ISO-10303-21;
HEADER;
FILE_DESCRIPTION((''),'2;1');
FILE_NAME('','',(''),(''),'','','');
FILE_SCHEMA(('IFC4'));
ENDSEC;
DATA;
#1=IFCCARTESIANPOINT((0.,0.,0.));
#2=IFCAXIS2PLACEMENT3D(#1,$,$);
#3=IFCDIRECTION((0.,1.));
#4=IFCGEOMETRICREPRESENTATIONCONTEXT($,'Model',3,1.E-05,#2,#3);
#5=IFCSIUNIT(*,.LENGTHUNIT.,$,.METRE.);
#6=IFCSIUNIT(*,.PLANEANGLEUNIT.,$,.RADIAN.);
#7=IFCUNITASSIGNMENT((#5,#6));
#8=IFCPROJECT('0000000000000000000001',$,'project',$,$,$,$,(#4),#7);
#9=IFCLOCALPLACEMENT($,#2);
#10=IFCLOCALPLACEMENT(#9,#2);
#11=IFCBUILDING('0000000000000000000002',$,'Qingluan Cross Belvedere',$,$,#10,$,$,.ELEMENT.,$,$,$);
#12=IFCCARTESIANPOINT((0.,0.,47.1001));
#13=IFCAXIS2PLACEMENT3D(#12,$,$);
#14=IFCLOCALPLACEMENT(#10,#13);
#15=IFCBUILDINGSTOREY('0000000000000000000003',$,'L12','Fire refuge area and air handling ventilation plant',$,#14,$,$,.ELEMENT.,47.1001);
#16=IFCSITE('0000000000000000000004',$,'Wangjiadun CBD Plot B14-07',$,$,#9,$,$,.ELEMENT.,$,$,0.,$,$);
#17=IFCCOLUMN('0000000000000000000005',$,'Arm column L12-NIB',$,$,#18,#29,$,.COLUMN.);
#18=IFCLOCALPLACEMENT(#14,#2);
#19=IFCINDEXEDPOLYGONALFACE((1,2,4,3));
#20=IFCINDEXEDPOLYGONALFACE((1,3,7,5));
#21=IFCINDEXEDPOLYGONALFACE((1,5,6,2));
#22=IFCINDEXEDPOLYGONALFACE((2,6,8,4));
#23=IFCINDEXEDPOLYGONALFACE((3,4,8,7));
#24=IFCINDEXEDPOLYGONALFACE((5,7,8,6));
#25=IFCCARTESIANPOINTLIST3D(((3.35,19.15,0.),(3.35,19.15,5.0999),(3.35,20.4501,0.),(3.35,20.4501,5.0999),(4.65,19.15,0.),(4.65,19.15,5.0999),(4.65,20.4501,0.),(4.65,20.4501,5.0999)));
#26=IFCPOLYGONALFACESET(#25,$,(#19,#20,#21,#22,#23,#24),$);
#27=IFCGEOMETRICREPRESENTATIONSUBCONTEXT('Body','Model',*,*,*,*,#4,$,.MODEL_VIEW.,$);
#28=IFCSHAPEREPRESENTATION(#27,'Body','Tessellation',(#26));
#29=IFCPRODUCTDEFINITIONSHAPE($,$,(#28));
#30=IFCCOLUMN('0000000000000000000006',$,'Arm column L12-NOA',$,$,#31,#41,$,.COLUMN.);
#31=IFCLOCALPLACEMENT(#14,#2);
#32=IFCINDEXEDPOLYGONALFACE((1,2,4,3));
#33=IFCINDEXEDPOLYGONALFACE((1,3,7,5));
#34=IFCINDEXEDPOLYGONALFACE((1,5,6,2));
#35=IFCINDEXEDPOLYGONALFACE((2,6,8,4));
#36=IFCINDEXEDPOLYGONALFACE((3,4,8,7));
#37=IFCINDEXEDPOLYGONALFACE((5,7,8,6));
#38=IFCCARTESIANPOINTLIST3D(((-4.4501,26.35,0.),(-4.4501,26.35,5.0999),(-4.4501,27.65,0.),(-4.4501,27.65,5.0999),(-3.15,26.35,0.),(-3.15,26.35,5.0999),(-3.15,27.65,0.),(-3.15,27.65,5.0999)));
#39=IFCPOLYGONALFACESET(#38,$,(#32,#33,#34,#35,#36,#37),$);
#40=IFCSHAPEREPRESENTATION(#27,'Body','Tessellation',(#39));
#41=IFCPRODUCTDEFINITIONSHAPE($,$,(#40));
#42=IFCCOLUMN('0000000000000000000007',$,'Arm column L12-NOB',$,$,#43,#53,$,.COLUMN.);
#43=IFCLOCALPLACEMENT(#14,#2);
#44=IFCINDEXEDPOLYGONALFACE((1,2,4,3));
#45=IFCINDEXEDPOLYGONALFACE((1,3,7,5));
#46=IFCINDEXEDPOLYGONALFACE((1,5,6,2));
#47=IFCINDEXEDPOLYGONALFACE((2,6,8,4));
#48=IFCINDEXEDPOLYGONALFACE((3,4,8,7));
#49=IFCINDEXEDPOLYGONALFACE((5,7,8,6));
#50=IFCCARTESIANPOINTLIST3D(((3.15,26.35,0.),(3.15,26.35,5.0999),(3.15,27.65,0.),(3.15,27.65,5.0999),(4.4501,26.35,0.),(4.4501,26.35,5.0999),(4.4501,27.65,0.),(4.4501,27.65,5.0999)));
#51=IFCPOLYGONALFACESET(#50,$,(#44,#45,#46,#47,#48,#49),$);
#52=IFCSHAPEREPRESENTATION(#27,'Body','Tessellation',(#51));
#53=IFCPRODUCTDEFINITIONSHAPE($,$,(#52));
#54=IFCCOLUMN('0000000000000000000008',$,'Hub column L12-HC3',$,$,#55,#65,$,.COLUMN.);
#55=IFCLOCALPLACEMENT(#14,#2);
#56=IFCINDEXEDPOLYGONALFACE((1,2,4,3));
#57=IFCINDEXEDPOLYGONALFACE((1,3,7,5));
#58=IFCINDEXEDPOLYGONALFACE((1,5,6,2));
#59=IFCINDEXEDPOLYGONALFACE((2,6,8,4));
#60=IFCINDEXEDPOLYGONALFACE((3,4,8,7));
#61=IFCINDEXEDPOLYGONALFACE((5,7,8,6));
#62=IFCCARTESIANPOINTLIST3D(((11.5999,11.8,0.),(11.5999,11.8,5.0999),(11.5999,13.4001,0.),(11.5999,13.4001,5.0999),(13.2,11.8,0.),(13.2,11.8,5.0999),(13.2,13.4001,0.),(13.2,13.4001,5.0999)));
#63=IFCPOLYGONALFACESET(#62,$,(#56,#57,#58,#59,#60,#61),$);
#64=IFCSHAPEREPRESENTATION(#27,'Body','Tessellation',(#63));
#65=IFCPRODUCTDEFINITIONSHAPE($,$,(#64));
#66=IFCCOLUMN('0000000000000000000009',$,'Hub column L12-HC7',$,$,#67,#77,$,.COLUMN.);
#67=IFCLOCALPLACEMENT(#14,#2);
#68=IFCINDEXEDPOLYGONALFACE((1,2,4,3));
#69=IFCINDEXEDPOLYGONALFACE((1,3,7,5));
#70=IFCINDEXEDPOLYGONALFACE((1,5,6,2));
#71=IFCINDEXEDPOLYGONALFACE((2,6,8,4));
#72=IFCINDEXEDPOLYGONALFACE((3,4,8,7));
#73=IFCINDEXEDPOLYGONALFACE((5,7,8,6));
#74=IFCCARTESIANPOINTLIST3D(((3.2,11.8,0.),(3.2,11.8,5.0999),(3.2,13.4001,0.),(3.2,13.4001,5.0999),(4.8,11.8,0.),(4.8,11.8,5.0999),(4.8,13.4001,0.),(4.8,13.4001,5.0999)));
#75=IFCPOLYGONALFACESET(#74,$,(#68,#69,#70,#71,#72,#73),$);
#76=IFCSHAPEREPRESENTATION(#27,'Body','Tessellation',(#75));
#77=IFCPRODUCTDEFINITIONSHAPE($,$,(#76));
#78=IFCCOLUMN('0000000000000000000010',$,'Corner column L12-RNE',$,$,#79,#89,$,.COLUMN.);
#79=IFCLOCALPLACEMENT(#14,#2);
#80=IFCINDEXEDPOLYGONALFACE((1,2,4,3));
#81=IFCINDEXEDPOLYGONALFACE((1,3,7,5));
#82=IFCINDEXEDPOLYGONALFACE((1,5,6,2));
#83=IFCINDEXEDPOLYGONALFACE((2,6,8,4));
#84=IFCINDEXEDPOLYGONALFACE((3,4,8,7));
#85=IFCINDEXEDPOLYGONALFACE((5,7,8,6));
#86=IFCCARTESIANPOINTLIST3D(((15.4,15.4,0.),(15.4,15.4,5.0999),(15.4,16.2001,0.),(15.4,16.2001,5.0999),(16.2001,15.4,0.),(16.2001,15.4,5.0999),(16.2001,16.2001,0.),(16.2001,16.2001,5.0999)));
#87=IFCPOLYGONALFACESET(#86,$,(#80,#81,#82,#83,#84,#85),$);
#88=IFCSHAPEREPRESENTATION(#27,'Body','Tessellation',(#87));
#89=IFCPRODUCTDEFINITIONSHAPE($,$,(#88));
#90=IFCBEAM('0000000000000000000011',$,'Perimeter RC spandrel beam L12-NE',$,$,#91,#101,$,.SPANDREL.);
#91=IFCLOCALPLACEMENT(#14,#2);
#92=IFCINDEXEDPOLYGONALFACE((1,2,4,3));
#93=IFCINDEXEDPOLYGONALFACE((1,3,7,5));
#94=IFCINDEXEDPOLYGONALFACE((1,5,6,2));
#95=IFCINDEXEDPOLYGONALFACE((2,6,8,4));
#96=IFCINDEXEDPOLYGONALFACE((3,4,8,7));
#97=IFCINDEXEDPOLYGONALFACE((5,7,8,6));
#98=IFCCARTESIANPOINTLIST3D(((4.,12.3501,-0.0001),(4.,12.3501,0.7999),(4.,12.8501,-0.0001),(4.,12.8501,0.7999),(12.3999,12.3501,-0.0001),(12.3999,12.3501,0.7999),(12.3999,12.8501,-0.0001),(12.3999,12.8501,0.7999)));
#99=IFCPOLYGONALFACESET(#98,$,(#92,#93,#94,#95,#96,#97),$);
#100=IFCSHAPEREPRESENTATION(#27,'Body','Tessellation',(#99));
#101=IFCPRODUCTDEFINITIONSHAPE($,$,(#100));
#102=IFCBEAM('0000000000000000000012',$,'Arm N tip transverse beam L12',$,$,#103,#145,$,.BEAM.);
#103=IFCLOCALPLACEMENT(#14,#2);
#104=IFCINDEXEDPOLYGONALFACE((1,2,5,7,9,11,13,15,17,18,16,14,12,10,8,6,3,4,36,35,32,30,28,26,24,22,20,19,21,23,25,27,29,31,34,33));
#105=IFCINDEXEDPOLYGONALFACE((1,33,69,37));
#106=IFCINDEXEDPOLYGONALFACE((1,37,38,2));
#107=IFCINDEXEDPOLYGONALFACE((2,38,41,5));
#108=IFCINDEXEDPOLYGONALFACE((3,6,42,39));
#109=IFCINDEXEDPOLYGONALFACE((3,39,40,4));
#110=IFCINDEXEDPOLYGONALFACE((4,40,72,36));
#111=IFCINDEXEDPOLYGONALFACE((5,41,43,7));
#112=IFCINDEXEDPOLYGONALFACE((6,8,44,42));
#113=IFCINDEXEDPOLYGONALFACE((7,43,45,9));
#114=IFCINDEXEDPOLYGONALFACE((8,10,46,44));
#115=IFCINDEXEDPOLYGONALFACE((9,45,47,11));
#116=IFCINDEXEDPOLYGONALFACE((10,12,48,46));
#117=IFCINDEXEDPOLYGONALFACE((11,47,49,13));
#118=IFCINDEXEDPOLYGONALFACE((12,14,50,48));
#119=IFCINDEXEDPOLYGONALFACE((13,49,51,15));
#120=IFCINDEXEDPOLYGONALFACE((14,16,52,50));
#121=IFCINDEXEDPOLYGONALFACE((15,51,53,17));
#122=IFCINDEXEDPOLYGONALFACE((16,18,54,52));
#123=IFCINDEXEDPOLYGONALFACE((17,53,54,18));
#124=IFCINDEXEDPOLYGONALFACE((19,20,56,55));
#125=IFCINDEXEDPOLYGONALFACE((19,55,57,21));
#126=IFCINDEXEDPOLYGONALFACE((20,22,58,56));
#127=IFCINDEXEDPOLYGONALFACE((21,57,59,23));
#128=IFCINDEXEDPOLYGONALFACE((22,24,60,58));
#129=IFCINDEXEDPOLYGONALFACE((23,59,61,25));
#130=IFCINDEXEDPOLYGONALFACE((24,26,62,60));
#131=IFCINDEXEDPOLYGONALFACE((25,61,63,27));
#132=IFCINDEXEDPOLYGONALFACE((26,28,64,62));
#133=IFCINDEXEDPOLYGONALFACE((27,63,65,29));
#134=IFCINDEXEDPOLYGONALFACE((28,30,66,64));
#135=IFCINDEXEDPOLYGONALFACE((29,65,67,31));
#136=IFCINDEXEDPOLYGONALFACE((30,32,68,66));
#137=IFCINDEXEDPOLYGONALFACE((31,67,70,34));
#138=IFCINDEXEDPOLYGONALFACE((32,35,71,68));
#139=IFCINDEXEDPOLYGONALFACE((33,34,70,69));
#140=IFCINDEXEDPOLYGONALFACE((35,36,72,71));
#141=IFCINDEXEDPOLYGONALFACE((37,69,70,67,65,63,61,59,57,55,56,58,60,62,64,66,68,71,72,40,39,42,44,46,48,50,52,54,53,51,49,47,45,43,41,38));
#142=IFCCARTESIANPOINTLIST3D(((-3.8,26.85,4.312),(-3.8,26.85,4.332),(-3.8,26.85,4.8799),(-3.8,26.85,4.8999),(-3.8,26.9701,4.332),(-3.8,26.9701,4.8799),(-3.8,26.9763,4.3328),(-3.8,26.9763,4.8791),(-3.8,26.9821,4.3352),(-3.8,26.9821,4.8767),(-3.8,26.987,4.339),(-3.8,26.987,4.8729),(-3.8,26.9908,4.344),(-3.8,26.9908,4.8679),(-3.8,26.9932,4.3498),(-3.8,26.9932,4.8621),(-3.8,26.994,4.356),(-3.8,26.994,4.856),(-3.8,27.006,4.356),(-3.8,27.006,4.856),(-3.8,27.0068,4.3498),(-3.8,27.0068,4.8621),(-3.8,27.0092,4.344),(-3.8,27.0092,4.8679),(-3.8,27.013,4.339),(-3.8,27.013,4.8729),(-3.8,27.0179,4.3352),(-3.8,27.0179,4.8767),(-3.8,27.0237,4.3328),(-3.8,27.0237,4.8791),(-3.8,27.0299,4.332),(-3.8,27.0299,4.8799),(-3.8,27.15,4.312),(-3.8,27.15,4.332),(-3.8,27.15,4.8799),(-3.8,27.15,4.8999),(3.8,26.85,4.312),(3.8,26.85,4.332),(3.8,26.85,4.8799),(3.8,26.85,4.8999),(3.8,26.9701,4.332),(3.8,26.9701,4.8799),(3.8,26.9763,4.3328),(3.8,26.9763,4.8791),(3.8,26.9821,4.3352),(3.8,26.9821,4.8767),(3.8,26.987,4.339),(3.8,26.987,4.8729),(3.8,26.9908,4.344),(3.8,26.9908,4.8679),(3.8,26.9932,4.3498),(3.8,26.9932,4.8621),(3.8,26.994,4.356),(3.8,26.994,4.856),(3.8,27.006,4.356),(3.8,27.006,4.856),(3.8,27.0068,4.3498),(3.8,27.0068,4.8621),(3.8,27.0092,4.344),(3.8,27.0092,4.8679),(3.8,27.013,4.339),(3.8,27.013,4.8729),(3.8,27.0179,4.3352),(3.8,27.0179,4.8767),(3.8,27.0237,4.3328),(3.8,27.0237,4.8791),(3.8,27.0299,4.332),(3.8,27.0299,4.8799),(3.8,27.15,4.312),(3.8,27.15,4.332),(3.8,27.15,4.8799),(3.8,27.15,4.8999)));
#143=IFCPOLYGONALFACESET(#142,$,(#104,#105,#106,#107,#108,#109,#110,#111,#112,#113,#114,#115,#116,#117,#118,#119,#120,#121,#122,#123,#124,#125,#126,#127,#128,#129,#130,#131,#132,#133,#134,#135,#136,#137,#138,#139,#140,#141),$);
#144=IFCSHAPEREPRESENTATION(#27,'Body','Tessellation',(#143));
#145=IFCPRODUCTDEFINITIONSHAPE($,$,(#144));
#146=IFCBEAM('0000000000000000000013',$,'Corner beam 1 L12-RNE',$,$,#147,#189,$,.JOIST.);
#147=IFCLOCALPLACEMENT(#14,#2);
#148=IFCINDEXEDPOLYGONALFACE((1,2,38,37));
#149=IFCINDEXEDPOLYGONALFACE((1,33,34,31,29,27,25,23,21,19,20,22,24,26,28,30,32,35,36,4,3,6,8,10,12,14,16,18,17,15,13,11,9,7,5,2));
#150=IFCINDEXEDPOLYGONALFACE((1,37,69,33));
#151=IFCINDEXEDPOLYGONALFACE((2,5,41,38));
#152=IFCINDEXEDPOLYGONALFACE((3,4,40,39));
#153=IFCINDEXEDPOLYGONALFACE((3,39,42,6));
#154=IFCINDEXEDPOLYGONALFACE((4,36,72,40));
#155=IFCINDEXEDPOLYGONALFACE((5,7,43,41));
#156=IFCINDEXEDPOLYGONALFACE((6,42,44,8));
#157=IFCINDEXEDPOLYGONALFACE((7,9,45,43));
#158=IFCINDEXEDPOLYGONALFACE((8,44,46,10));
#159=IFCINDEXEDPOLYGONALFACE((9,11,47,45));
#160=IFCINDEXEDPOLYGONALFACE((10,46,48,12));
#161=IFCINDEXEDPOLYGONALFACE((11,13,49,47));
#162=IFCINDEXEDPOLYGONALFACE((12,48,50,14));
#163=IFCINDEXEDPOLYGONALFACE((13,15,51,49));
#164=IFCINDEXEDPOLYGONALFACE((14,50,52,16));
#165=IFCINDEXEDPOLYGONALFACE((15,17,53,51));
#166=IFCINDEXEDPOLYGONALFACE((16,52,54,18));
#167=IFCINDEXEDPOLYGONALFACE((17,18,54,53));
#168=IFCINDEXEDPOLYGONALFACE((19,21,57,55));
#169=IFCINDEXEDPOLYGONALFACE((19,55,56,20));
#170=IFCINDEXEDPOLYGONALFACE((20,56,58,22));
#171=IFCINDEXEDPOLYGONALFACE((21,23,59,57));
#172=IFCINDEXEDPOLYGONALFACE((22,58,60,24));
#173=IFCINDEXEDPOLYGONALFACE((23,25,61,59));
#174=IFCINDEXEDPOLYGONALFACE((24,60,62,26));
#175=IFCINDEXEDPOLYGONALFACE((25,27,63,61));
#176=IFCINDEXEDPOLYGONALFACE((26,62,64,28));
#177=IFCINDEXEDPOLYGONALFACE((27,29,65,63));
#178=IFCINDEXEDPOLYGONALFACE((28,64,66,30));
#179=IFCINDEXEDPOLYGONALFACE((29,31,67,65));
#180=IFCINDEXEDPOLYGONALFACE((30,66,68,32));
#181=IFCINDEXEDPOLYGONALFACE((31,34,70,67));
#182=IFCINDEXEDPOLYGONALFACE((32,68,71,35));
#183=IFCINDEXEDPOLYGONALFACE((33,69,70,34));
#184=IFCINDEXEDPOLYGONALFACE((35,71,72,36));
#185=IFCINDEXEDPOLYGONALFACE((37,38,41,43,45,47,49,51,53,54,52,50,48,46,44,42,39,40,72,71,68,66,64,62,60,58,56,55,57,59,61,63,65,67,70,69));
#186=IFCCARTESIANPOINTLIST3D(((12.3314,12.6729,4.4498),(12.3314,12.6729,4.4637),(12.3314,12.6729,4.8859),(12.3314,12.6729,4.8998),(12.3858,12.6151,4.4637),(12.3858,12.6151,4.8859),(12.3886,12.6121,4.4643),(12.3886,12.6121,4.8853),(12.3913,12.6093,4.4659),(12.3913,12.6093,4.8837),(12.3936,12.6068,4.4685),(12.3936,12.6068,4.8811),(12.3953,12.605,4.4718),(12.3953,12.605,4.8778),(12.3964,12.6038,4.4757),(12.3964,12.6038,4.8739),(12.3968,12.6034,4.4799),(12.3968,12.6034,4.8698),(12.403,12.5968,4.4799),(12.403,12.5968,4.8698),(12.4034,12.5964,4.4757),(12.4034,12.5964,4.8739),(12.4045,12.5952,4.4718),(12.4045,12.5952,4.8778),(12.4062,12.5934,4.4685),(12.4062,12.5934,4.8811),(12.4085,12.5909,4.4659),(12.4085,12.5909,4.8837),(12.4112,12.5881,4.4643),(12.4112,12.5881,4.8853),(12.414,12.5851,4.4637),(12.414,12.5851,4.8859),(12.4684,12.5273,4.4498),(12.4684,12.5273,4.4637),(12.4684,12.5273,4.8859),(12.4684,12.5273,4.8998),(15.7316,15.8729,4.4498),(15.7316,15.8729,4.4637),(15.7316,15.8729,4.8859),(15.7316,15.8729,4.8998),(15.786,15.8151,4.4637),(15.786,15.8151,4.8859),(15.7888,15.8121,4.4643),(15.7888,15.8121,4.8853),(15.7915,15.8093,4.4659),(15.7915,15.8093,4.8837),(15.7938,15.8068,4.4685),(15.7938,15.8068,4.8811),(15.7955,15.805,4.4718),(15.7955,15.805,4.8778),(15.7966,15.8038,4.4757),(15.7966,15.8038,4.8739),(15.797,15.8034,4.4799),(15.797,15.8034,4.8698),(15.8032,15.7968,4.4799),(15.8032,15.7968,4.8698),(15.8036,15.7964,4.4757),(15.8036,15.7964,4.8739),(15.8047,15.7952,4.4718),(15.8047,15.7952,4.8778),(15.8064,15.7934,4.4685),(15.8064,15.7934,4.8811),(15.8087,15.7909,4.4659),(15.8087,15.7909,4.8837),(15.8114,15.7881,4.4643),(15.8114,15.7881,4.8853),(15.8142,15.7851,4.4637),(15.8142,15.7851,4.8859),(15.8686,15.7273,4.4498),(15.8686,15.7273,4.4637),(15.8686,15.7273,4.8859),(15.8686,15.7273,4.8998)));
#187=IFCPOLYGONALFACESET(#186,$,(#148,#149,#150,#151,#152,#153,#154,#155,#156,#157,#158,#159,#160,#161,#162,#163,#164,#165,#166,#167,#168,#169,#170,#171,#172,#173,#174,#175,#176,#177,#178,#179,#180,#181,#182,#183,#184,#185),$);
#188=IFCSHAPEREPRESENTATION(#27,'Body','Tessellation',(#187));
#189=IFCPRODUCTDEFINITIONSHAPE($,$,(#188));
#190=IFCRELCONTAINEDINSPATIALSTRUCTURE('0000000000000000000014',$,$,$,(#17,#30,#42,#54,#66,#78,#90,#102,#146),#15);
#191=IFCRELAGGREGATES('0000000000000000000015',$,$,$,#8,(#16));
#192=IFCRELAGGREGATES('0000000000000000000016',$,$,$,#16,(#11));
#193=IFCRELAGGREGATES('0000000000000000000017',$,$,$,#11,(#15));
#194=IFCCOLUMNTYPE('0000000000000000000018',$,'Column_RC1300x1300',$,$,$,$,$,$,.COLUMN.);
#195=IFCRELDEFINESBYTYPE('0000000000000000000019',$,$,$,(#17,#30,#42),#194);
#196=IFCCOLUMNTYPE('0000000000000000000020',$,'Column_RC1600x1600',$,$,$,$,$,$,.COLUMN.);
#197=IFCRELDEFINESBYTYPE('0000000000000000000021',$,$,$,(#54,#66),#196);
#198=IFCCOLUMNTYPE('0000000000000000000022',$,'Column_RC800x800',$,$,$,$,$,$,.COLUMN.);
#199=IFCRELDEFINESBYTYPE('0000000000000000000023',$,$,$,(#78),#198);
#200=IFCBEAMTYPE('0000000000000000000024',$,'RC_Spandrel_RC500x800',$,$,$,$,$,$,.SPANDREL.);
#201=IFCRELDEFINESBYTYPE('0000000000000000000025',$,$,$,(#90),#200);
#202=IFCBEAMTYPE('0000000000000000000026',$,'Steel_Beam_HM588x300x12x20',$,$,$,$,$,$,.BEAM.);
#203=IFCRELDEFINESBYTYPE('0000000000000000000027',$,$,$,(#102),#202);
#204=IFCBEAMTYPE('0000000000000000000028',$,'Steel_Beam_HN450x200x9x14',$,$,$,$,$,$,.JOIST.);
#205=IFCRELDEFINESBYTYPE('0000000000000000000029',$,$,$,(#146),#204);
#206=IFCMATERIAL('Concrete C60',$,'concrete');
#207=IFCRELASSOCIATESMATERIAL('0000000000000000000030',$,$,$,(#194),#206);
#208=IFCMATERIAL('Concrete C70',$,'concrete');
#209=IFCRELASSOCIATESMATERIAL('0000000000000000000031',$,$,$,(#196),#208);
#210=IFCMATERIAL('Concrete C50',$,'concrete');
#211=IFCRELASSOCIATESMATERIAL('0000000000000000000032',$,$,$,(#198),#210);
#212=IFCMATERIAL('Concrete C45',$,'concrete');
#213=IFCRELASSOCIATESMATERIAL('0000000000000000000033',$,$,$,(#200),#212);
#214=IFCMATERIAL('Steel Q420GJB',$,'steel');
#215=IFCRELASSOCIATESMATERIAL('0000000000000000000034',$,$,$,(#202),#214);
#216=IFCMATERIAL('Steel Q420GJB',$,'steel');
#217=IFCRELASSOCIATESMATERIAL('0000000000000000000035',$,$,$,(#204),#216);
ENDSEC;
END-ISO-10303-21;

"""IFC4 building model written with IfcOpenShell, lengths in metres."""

from ifc_helpers import new_model, si_unit, direction, frame, origin, origin_2d, place, context, subcontext, project, spatial, rectangle, i_section, extrude, material, material_profile, profile_set, type_object, element, save


model = new_model("IFC4")

# Units and contexts
model_context = context("Model", 3, precision=1e-05, world=origin(), true_north=direction((0.0, 1.0)))
body_context = subcontext(model_context, "Body", "Model", "MODEL_VIEW")
ifc_project = project(units=[si_unit("LENGTHUNIT", "METRE"), si_unit("PLANEANGLEUNIT", "RADIAN")], contexts=[model_context])

# Site, building, storey
site_placement = place(None, origin())
site = spatial("IfcSite", under=ifc_project, at=site_placement, Name="Wangjiadun CBD Plot B14-07", CompositionType="ELEMENT", RefElevation=0.0)
building_placement = place(site_placement, origin())
building = spatial("IfcBuilding", under=site, at=building_placement, Name="Qingluan Cross Belvedere", CompositionType="ELEMENT")
storey_placement = place(building_placement, frame((0.0, 0.0, 47.1001)))
storey = spatial("IfcBuildingStorey", under=building, at=storey_placement, Name="L12", Description="Fire refuge area and air handling ventilation plant", CompositionType="ELEMENT", Elevation=47.1001)

# Columns
ifc_material_1 = material(Name="Concrete C60", Category="concrete")
ifc_material_profile_1 = material_profile(ifc_material_1, rectangle(XDim=1.3, YDim=1.3, at=origin_2d()), Name="RC1300x1300")
ifc_profile_set_1 = profile_set([ifc_material_profile_1], Name="Concrete C60")
column_type_1 = type_object("IfcColumnType", Name="Column_RC1300x1300", PredefinedType="COLUMN", material=ifc_profile_set_1)
for number, where, z_axis, x_axis, name in (
    (1, (4.0, 19.8, 0.0), (0.0, 0.0, 1.0), (1.0, 0.0, 0.0), "Arm column L12-NIB"),
    (2, (-3.8, 27.0, 0.0), (0.0, 0.0, 1.0), (1.0, 0.0, 0.0), "Arm column L12-NOA"),
    (3, (3.8, 27.0, 0.0), (0.0, 0.0, 1.0), (1.0, 0.0, 0.0), "Arm column L12-NOB"),
):
    element("IfcColumn", number, at=place(storey_placement, frame(where, z_axis=z_axis, x_axis=x_axis)), inside=storey, type_object=column_type_1, Name=name, PredefinedType="COLUMN", context=body_context, shape_type="SweptSolid", body=[
        extrude(rectangle(XDim=1.3, YDim=1.3, at=origin_2d()), origin(), (0.0, 0.0, 1.0), 5.0999),
    ])
ifc_material_2 = material(Name="Concrete C70", Category="concrete")
ifc_material_profile_2 = material_profile(ifc_material_2, rectangle(XDim=1.6001, YDim=1.6001, at=origin_2d()), Name="RC1600x1600")
ifc_profile_set_2 = profile_set([ifc_material_profile_2], Name="Concrete C70")
column_type_2 = type_object("IfcColumnType", Name="Column_RC1600x1600", PredefinedType="COLUMN", material=ifc_profile_set_2)
for number, where, z_axis, x_axis, name in (
    (4, (12.3999, 12.6001, 0.0), (0.0, 0.0, 1.0), (1.0, 0.0, 0.0), "Hub column L12-HC3"),
    (5, (4.0, 12.6001, 0.0), (0.0, 0.0, 1.0), (1.0, 0.0, 0.0), "Hub column L12-HC7"),
):
    element("IfcColumn", number, at=place(storey_placement, frame(where, z_axis=z_axis, x_axis=x_axis)), inside=storey, type_object=column_type_2, Name=name, PredefinedType="COLUMN", context=body_context, shape_type="SweptSolid", body=[
        extrude(rectangle(XDim=1.6001, YDim=1.6001, at=origin_2d()), origin(), (0.0, 0.0, 1.0), 5.0999),
    ])
ifc_material_3 = material(Name="Concrete C50", Category="concrete")
ifc_material_profile_3 = material_profile(ifc_material_3, rectangle(XDim=0.8, YDim=0.8, at=origin_2d()), Name="RC800x800")
ifc_profile_set_3 = profile_set([ifc_material_profile_3], Name="Concrete C50")
column_type_3 = type_object("IfcColumnType", Name="Column_RC800x800", PredefinedType="COLUMN", material=ifc_profile_set_3)
column_placement = place(storey_placement, frame((15.8, 15.8, 0.0), z_axis=(0.0, 0.0, 1.0), x_axis=(1.0, 0.0, 0.0)))
element("IfcColumn", 6, at=column_placement, inside=storey, type_object=column_type_3, Name="Corner column L12-RNE", PredefinedType="COLUMN", context=body_context, shape_type="SweptSolid", body=[
    extrude(rectangle(XDim=0.8, YDim=0.8, at=origin_2d()), origin(), (0.0, 0.0, 1.0), 5.0999),
])

# Beams
ifc_material_4 = material(Name="Concrete C45", Category="concrete")
ifc_material_profile_4 = material_profile(ifc_material_4, rectangle(XDim=0.5, YDim=0.8, at=origin_2d()), Name="RC500x800")
ifc_profile_set_4 = profile_set([ifc_material_profile_4], Name="Concrete C45")
beam_type_1 = type_object("IfcBeamType", Name="RC_Spandrel_RC500x800", PredefinedType="SPANDREL", material=ifc_profile_set_4)
beam_1_placement = place(storey_placement, frame((4.0, 12.6001, 0.3999), z_axis=(1.0, 0.0, 0.0), x_axis=(0.0, 1.0, 0.0)))
element("IfcBeam", 7, at=beam_1_placement, inside=storey, type_object=beam_type_1, Name="Perimeter RC spandrel beam L12-NE", PredefinedType="SPANDREL", context=body_context, shape_type="SweptSolid", body=[
    extrude(rectangle(XDim=0.5, YDim=0.8, at=origin_2d()), origin(), (0.0, 0.0, 1.0), 8.3999),
])
ifc_material_5 = material(Name="Steel Q420GJB", Category="steel")
ifc_material_profile_5 = material_profile(ifc_material_5, i_section(OverallWidth=0.3, OverallDepth=0.5879, WebThickness=0.012, FlangeThickness=0.02, FilletRadius=0.0239, at=origin_2d()), Name="HM588x300x12x20")
ifc_profile_set_5 = profile_set([ifc_material_profile_5], Name="Steel Q420GJB")
beam_type_2 = type_object("IfcBeamType", Name="Steel_Beam_HM588x300x12x20", PredefinedType="BEAM", material=ifc_profile_set_5)
beam_2_placement = place(storey_placement, frame((-3.8, 27.0, 4.606), z_axis=(1.0, 0.0, 0.0), x_axis=(0.0, 1.0, 0.0)))
element("IfcBeam", 8, at=beam_2_placement, inside=storey, type_object=beam_type_2, Name="Arm N tip transverse beam L12", PredefinedType="BEAM", context=body_context, shape_type="SweptSolid", body=[
    extrude(i_section(OverallWidth=0.3, OverallDepth=0.5879, WebThickness=0.012, FlangeThickness=0.02, FilletRadius=0.0239, at=origin_2d()), origin(), (0.0, 0.0, 1.0), 7.6001),
])
ifc_material_6 = material(Name="Steel Q420GJB", Category="steel")
ifc_material_profile_6 = material_profile(ifc_material_6, i_section(OverallWidth=0.2, OverallDepth=0.45, WebThickness=0.009, FlangeThickness=0.0139, FilletRadius=0.0161, at=origin_2d()), Name="HN450x200x9x14")
ifc_profile_set_6 = profile_set([ifc_material_profile_6], Name="Steel Q420GJB")
beam_type_3 = type_object("IfcBeamType", Name="Steel_Beam_HN450x200x9x14", PredefinedType="JOIST", material=ifc_profile_set_6)
beam_3_placement = place(storey_placement, frame((12.3999, 12.6001, 4.6748), z_axis=(0.72822, 0.685343, 0.0), x_axis=(-0.685343, 0.72822, 0.0)))
element("IfcBeam", 9, at=beam_3_placement, inside=storey, type_object=beam_type_3, Name="Corner beam 1 L12-RNE", PredefinedType="JOIST", context=body_context, shape_type="SweptSolid", body=[
    extrude(i_section(OverallWidth=0.2, OverallDepth=0.45, WebThickness=0.009, FlangeThickness=0.0139, FilletRadius=0.0161, at=origin_2d()), origin(), (0.0, 0.0, 1.0), 4.6692),
])

save(model, "model.ifc")
